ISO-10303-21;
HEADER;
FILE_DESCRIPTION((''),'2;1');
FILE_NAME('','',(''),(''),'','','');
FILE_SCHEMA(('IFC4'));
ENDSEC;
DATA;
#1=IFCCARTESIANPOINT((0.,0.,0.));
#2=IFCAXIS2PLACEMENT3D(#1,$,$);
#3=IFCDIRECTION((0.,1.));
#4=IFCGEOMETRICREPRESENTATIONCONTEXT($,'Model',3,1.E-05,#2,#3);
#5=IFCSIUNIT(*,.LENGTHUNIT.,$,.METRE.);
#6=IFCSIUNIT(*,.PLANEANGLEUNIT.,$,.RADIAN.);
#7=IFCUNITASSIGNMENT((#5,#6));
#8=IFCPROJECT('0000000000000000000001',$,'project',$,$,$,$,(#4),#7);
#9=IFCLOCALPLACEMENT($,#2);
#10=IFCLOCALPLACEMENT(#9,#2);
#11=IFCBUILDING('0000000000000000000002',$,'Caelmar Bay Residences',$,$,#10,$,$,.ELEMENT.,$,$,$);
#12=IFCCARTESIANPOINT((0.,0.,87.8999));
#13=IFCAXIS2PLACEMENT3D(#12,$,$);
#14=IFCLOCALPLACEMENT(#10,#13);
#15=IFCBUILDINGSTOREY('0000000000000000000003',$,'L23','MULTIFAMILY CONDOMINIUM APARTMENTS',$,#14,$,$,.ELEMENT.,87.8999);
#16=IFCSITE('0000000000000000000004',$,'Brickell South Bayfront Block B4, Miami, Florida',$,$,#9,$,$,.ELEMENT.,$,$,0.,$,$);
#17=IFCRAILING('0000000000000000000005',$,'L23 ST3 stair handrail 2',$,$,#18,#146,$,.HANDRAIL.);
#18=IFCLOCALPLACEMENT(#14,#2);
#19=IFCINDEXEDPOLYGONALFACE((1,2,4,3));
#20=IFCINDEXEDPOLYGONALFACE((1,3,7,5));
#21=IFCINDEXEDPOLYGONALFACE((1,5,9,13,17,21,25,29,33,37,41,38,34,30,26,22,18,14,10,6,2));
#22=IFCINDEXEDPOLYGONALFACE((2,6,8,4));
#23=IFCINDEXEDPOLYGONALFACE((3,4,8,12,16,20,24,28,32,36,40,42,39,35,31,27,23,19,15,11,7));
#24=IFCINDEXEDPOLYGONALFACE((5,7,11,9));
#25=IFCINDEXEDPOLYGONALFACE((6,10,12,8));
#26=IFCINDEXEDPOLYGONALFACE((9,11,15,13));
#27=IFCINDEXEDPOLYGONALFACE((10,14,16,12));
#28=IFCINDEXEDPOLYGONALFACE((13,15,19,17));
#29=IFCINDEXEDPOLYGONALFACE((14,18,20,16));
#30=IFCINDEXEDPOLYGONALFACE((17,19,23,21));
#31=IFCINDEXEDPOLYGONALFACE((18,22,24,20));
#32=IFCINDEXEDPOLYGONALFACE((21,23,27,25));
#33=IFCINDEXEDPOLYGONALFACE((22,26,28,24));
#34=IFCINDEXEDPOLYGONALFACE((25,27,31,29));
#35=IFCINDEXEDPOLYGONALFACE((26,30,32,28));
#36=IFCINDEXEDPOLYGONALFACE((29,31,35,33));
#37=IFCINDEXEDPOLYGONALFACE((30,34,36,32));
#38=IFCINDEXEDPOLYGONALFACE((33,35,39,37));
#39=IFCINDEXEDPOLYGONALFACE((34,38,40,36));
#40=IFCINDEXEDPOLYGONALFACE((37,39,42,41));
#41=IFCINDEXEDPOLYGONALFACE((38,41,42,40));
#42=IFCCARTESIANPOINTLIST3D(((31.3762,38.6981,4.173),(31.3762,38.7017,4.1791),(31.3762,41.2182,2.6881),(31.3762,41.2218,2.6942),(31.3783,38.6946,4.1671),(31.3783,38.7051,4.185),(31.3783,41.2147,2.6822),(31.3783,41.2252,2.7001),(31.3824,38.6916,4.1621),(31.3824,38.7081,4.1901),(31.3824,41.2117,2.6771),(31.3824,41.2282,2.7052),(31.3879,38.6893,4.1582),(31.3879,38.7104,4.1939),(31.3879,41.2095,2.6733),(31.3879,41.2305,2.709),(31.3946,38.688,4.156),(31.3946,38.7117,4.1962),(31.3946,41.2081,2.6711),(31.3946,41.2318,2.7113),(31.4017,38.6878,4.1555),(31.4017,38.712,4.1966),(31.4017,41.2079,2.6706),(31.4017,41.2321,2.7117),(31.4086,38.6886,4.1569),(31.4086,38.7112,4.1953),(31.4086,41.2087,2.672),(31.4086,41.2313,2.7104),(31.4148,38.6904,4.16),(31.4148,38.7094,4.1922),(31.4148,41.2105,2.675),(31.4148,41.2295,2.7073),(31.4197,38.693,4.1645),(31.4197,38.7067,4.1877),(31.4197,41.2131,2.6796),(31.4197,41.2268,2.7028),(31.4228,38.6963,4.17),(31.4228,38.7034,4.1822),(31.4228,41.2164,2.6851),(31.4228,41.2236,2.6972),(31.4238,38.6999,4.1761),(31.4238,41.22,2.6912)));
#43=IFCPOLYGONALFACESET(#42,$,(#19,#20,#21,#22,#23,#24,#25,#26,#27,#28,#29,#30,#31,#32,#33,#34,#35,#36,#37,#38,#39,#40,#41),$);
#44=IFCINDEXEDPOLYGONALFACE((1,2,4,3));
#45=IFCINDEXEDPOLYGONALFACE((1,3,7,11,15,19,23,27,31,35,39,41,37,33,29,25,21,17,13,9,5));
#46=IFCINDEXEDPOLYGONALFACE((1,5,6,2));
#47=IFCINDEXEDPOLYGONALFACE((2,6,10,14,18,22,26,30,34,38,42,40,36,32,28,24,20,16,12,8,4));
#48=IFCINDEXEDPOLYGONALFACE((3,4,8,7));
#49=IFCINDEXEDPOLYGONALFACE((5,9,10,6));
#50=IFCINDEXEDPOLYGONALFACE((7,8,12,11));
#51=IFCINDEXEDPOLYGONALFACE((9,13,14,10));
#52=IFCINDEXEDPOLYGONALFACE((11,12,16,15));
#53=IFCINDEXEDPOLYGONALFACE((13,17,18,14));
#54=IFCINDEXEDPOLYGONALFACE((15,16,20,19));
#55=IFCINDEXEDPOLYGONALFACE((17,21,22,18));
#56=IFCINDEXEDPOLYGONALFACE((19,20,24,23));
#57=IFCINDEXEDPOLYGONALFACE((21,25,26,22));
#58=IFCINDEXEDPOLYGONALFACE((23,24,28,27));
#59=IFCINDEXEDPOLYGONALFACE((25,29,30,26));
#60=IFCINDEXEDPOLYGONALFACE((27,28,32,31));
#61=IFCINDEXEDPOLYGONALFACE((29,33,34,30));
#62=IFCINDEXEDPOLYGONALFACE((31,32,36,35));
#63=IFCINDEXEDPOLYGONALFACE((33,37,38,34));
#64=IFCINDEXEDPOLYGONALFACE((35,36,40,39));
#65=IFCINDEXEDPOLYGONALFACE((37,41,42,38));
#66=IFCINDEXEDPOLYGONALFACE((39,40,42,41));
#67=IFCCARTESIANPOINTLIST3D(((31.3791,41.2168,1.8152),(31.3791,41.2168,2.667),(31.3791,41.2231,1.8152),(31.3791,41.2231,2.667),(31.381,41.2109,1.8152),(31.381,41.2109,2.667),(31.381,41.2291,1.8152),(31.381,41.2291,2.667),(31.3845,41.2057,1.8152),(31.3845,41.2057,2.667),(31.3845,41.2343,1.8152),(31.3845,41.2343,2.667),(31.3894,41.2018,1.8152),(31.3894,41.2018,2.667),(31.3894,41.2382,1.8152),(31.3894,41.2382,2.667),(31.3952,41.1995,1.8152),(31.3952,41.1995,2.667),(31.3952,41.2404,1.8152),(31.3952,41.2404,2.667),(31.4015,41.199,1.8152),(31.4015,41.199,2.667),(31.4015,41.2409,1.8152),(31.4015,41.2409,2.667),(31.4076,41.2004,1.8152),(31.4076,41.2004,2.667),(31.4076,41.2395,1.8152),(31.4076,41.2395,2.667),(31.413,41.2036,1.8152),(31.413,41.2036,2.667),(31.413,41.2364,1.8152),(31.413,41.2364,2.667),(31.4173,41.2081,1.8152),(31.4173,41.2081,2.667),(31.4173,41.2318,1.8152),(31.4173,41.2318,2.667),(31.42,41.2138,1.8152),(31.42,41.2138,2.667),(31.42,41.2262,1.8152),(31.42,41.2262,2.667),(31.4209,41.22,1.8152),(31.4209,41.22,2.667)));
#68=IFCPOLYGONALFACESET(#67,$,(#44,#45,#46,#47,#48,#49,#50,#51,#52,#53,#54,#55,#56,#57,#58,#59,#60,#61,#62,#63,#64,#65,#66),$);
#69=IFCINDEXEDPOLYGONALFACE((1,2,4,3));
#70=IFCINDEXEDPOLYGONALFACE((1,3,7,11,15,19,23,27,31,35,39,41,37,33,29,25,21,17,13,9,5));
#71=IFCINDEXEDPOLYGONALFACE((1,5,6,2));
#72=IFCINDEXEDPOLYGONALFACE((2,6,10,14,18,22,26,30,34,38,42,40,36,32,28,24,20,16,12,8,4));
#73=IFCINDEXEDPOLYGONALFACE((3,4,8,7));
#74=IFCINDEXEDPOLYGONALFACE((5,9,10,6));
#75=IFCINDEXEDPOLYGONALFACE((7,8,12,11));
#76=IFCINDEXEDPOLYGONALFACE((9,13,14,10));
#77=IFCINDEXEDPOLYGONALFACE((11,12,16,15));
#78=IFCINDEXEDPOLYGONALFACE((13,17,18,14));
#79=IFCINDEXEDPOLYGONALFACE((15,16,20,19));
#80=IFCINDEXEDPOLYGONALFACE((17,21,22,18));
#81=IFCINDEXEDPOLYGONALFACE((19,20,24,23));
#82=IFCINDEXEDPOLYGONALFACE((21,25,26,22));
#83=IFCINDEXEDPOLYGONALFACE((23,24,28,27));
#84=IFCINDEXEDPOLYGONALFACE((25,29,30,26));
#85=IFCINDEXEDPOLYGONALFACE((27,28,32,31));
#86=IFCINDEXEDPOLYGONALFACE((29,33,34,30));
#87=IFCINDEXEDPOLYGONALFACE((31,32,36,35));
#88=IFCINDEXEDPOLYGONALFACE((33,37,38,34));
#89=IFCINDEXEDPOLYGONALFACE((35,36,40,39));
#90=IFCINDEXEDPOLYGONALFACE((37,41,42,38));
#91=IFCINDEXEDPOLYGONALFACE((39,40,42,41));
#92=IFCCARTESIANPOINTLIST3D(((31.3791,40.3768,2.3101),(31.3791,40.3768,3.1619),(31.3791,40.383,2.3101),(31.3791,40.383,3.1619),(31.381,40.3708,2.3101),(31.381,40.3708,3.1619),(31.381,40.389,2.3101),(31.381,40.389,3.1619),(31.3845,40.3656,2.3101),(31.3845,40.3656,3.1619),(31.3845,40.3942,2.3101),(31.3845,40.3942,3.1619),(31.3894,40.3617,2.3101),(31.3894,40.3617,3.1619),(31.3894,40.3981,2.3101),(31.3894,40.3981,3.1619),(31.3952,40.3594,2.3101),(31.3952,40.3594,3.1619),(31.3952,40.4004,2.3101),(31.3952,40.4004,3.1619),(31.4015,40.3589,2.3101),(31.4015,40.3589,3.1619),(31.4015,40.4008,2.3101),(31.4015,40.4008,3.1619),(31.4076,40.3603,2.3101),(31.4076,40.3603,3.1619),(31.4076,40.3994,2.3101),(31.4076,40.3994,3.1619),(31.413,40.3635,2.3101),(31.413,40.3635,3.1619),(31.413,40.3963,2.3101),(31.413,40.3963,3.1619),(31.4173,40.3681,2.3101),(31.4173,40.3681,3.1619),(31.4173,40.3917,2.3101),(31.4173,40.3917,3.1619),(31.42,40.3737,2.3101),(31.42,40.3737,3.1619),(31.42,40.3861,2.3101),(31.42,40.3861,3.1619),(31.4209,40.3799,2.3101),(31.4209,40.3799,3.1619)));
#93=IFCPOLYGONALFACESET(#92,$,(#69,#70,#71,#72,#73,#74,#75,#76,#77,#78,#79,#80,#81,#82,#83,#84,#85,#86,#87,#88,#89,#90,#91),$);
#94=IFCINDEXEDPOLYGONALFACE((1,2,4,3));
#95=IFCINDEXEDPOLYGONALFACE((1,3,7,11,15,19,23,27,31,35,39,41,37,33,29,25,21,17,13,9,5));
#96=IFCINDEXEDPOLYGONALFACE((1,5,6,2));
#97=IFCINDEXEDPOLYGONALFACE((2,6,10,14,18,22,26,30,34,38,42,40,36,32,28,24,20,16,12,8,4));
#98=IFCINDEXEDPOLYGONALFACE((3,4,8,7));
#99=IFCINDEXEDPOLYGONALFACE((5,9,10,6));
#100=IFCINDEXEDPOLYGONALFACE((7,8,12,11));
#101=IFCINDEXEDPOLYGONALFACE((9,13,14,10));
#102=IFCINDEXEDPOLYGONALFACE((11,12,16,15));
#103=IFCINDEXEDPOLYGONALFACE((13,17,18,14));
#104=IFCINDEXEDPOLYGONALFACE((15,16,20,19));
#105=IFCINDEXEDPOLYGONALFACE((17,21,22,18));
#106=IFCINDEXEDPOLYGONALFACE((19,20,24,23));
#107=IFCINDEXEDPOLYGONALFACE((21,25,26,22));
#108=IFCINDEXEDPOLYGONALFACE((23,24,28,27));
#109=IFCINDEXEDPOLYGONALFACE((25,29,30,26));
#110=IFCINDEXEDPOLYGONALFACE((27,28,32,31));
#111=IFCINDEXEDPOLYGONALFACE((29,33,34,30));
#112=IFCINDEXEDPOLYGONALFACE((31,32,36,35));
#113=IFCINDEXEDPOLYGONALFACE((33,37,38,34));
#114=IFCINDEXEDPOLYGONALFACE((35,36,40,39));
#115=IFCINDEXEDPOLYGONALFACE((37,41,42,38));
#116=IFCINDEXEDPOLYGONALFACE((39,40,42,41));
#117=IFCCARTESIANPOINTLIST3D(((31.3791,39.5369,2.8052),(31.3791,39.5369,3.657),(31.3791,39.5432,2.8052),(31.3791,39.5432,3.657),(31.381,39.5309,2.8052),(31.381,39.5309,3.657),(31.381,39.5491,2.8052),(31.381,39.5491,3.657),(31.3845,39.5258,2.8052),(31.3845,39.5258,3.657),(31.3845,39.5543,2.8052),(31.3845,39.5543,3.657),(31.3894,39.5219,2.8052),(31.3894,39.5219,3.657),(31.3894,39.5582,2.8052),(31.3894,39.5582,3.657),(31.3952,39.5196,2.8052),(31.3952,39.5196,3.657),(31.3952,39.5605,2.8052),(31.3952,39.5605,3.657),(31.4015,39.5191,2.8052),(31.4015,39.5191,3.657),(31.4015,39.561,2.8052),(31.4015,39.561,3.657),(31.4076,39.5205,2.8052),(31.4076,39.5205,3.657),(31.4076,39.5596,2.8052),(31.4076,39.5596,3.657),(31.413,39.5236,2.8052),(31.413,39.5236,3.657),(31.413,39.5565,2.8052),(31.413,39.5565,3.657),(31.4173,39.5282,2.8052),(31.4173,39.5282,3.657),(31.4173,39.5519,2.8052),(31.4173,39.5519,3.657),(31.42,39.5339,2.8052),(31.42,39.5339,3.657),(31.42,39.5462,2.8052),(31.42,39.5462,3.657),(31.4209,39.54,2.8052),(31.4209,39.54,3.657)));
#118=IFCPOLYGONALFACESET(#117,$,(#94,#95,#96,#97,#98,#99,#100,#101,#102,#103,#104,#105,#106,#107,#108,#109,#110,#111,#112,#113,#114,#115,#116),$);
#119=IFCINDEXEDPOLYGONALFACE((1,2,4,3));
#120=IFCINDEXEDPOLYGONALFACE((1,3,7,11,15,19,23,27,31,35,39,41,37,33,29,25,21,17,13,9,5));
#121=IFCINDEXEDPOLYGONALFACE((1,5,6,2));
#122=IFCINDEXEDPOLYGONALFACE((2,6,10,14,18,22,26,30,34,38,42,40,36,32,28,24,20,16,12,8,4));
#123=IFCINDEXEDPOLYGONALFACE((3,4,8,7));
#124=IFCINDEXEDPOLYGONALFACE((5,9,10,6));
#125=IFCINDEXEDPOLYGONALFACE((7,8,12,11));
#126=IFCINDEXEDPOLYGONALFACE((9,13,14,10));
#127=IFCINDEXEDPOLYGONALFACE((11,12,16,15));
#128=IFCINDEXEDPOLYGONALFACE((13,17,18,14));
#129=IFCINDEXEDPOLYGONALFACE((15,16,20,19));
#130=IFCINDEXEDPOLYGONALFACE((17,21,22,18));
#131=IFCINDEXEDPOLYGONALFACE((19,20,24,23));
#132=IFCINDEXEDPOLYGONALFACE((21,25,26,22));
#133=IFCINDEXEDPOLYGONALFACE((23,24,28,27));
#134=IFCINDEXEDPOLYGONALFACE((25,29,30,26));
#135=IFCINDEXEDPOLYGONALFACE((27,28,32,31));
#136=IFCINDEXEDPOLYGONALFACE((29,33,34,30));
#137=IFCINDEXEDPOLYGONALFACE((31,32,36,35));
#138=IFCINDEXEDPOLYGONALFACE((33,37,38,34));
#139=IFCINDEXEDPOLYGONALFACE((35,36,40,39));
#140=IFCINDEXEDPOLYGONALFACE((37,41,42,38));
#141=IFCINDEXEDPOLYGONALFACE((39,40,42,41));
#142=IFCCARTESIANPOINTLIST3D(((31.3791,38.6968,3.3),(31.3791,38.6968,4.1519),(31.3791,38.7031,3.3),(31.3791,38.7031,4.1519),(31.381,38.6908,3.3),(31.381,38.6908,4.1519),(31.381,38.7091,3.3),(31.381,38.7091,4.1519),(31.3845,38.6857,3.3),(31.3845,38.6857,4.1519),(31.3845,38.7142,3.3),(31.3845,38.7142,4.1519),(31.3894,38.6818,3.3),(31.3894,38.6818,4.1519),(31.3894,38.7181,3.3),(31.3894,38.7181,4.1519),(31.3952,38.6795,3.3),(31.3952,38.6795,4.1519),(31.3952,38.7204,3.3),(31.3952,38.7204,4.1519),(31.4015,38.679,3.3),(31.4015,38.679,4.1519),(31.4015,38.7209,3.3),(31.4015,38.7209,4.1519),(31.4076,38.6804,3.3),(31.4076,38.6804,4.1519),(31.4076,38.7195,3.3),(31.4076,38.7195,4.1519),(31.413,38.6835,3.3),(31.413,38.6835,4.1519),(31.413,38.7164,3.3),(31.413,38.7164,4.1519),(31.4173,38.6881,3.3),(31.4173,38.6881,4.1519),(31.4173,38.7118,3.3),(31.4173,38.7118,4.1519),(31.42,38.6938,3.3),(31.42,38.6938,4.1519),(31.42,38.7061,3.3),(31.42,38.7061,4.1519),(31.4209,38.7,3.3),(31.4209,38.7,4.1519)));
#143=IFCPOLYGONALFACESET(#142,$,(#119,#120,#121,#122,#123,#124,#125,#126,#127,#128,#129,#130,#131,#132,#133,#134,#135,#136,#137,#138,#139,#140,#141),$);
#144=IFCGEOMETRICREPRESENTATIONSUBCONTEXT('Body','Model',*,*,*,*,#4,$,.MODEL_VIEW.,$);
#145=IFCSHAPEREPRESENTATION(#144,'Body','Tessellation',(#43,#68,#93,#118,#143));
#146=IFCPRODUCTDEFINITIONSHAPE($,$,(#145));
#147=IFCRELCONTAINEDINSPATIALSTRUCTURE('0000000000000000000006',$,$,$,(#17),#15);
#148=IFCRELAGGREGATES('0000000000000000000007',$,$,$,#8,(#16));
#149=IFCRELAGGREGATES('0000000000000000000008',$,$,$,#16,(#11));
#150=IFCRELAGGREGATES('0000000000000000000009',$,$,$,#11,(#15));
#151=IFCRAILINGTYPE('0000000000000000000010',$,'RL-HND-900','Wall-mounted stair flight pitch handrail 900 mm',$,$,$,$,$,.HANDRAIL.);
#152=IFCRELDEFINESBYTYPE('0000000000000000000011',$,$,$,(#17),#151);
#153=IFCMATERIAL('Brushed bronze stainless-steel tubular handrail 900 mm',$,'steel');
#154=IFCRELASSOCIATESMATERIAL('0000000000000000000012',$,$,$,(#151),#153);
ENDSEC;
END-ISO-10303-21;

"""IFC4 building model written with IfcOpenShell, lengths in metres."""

from ifc_helpers import new_model, si_unit, direction, frame, origin, origin_2d, place, context, subcontext, project, spatial, circle, extrude, material, type_object, element, save


model = new_model("IFC4")

# Units and contexts
model_context = context("Model", 3, precision=1e-05, world=origin(), true_north=direction((0.0, 1.0)))
body_context = subcontext(model_context, "Body", "Model", "MODEL_VIEW")
ifc_project = project(units=[si_unit("LENGTHUNIT", "METRE"), si_unit("PLANEANGLEUNIT", "RADIAN")], contexts=[model_context])

# Site, building, storey
site_placement = place(None, origin())
site = spatial("IfcSite", under=ifc_project, at=site_placement, Name="Brickell South Bayfront Block B4, Miami, Florida", CompositionType="ELEMENT", RefElevation=0.0)
building_placement = place(site_placement, origin())
building = spatial("IfcBuilding", under=site, at=building_placement, Name="Caelmar Bay Residences", CompositionType="ELEMENT")
storey_placement = place(building_placement, frame((0.0, 0.0, 87.8999)))
storey = spatial("IfcBuildingStorey", under=building, at=storey_placement, Name="L23", Description="MULTIFAMILY CONDOMINIUM APARTMENTS", CompositionType="ELEMENT", Elevation=87.8999)

# Railing
ifc_material_1 = material(Name="Brushed bronze stainless-steel tubular handrail 900 mm", Category="steel")
railing_type_1 = type_object("IfcRailingType", Name="RL-HND-900", Description="Wall-mounted stair flight pitch handrail 900 mm", PredefinedType="HANDRAIL", material=ifc_material_1)
railing_1_placement = place(storey_placement, frame((31.3999, 41.22, 1.8152)))
element("IfcRailing", 1, at=railing_1_placement, inside=storey, type_object=railing_type_1, Name="L23 ST3 stair handrail 2", PredefinedType="HANDRAIL", context=body_context, shape_type="SweptSolid", body=[
    extrude(circle(Radius=0.0239, at=origin_2d()), frame((0.0, 0.0, 0.876), z_axis=(0.0, -0.861561, 0.507655), x_axis=(1.0, 0.0, 0.0)), (0.0, 0.0, 1.0), 2.925),
    extrude(circle(Radius=0.021, at=origin_2d()), origin(), (0.0, 0.0, 1.0), 0.8518),
    extrude(circle(Radius=0.021, at=origin_2d()), frame((0.0, -0.8401, 0.4949)), (0.0, 0.0, 1.0), 0.8518),
    extrude(circle(Radius=0.021, at=origin_2d()), frame((0.0, -1.6799, 0.99)), (0.0, 0.0, 1.0), 0.8518),
    extrude(circle(Radius=0.021, at=origin_2d()), frame((0.0, -2.52, 1.4849)), (0.0, 0.0, 1.0), 0.8518),
])

save(model, "model.ifc")
